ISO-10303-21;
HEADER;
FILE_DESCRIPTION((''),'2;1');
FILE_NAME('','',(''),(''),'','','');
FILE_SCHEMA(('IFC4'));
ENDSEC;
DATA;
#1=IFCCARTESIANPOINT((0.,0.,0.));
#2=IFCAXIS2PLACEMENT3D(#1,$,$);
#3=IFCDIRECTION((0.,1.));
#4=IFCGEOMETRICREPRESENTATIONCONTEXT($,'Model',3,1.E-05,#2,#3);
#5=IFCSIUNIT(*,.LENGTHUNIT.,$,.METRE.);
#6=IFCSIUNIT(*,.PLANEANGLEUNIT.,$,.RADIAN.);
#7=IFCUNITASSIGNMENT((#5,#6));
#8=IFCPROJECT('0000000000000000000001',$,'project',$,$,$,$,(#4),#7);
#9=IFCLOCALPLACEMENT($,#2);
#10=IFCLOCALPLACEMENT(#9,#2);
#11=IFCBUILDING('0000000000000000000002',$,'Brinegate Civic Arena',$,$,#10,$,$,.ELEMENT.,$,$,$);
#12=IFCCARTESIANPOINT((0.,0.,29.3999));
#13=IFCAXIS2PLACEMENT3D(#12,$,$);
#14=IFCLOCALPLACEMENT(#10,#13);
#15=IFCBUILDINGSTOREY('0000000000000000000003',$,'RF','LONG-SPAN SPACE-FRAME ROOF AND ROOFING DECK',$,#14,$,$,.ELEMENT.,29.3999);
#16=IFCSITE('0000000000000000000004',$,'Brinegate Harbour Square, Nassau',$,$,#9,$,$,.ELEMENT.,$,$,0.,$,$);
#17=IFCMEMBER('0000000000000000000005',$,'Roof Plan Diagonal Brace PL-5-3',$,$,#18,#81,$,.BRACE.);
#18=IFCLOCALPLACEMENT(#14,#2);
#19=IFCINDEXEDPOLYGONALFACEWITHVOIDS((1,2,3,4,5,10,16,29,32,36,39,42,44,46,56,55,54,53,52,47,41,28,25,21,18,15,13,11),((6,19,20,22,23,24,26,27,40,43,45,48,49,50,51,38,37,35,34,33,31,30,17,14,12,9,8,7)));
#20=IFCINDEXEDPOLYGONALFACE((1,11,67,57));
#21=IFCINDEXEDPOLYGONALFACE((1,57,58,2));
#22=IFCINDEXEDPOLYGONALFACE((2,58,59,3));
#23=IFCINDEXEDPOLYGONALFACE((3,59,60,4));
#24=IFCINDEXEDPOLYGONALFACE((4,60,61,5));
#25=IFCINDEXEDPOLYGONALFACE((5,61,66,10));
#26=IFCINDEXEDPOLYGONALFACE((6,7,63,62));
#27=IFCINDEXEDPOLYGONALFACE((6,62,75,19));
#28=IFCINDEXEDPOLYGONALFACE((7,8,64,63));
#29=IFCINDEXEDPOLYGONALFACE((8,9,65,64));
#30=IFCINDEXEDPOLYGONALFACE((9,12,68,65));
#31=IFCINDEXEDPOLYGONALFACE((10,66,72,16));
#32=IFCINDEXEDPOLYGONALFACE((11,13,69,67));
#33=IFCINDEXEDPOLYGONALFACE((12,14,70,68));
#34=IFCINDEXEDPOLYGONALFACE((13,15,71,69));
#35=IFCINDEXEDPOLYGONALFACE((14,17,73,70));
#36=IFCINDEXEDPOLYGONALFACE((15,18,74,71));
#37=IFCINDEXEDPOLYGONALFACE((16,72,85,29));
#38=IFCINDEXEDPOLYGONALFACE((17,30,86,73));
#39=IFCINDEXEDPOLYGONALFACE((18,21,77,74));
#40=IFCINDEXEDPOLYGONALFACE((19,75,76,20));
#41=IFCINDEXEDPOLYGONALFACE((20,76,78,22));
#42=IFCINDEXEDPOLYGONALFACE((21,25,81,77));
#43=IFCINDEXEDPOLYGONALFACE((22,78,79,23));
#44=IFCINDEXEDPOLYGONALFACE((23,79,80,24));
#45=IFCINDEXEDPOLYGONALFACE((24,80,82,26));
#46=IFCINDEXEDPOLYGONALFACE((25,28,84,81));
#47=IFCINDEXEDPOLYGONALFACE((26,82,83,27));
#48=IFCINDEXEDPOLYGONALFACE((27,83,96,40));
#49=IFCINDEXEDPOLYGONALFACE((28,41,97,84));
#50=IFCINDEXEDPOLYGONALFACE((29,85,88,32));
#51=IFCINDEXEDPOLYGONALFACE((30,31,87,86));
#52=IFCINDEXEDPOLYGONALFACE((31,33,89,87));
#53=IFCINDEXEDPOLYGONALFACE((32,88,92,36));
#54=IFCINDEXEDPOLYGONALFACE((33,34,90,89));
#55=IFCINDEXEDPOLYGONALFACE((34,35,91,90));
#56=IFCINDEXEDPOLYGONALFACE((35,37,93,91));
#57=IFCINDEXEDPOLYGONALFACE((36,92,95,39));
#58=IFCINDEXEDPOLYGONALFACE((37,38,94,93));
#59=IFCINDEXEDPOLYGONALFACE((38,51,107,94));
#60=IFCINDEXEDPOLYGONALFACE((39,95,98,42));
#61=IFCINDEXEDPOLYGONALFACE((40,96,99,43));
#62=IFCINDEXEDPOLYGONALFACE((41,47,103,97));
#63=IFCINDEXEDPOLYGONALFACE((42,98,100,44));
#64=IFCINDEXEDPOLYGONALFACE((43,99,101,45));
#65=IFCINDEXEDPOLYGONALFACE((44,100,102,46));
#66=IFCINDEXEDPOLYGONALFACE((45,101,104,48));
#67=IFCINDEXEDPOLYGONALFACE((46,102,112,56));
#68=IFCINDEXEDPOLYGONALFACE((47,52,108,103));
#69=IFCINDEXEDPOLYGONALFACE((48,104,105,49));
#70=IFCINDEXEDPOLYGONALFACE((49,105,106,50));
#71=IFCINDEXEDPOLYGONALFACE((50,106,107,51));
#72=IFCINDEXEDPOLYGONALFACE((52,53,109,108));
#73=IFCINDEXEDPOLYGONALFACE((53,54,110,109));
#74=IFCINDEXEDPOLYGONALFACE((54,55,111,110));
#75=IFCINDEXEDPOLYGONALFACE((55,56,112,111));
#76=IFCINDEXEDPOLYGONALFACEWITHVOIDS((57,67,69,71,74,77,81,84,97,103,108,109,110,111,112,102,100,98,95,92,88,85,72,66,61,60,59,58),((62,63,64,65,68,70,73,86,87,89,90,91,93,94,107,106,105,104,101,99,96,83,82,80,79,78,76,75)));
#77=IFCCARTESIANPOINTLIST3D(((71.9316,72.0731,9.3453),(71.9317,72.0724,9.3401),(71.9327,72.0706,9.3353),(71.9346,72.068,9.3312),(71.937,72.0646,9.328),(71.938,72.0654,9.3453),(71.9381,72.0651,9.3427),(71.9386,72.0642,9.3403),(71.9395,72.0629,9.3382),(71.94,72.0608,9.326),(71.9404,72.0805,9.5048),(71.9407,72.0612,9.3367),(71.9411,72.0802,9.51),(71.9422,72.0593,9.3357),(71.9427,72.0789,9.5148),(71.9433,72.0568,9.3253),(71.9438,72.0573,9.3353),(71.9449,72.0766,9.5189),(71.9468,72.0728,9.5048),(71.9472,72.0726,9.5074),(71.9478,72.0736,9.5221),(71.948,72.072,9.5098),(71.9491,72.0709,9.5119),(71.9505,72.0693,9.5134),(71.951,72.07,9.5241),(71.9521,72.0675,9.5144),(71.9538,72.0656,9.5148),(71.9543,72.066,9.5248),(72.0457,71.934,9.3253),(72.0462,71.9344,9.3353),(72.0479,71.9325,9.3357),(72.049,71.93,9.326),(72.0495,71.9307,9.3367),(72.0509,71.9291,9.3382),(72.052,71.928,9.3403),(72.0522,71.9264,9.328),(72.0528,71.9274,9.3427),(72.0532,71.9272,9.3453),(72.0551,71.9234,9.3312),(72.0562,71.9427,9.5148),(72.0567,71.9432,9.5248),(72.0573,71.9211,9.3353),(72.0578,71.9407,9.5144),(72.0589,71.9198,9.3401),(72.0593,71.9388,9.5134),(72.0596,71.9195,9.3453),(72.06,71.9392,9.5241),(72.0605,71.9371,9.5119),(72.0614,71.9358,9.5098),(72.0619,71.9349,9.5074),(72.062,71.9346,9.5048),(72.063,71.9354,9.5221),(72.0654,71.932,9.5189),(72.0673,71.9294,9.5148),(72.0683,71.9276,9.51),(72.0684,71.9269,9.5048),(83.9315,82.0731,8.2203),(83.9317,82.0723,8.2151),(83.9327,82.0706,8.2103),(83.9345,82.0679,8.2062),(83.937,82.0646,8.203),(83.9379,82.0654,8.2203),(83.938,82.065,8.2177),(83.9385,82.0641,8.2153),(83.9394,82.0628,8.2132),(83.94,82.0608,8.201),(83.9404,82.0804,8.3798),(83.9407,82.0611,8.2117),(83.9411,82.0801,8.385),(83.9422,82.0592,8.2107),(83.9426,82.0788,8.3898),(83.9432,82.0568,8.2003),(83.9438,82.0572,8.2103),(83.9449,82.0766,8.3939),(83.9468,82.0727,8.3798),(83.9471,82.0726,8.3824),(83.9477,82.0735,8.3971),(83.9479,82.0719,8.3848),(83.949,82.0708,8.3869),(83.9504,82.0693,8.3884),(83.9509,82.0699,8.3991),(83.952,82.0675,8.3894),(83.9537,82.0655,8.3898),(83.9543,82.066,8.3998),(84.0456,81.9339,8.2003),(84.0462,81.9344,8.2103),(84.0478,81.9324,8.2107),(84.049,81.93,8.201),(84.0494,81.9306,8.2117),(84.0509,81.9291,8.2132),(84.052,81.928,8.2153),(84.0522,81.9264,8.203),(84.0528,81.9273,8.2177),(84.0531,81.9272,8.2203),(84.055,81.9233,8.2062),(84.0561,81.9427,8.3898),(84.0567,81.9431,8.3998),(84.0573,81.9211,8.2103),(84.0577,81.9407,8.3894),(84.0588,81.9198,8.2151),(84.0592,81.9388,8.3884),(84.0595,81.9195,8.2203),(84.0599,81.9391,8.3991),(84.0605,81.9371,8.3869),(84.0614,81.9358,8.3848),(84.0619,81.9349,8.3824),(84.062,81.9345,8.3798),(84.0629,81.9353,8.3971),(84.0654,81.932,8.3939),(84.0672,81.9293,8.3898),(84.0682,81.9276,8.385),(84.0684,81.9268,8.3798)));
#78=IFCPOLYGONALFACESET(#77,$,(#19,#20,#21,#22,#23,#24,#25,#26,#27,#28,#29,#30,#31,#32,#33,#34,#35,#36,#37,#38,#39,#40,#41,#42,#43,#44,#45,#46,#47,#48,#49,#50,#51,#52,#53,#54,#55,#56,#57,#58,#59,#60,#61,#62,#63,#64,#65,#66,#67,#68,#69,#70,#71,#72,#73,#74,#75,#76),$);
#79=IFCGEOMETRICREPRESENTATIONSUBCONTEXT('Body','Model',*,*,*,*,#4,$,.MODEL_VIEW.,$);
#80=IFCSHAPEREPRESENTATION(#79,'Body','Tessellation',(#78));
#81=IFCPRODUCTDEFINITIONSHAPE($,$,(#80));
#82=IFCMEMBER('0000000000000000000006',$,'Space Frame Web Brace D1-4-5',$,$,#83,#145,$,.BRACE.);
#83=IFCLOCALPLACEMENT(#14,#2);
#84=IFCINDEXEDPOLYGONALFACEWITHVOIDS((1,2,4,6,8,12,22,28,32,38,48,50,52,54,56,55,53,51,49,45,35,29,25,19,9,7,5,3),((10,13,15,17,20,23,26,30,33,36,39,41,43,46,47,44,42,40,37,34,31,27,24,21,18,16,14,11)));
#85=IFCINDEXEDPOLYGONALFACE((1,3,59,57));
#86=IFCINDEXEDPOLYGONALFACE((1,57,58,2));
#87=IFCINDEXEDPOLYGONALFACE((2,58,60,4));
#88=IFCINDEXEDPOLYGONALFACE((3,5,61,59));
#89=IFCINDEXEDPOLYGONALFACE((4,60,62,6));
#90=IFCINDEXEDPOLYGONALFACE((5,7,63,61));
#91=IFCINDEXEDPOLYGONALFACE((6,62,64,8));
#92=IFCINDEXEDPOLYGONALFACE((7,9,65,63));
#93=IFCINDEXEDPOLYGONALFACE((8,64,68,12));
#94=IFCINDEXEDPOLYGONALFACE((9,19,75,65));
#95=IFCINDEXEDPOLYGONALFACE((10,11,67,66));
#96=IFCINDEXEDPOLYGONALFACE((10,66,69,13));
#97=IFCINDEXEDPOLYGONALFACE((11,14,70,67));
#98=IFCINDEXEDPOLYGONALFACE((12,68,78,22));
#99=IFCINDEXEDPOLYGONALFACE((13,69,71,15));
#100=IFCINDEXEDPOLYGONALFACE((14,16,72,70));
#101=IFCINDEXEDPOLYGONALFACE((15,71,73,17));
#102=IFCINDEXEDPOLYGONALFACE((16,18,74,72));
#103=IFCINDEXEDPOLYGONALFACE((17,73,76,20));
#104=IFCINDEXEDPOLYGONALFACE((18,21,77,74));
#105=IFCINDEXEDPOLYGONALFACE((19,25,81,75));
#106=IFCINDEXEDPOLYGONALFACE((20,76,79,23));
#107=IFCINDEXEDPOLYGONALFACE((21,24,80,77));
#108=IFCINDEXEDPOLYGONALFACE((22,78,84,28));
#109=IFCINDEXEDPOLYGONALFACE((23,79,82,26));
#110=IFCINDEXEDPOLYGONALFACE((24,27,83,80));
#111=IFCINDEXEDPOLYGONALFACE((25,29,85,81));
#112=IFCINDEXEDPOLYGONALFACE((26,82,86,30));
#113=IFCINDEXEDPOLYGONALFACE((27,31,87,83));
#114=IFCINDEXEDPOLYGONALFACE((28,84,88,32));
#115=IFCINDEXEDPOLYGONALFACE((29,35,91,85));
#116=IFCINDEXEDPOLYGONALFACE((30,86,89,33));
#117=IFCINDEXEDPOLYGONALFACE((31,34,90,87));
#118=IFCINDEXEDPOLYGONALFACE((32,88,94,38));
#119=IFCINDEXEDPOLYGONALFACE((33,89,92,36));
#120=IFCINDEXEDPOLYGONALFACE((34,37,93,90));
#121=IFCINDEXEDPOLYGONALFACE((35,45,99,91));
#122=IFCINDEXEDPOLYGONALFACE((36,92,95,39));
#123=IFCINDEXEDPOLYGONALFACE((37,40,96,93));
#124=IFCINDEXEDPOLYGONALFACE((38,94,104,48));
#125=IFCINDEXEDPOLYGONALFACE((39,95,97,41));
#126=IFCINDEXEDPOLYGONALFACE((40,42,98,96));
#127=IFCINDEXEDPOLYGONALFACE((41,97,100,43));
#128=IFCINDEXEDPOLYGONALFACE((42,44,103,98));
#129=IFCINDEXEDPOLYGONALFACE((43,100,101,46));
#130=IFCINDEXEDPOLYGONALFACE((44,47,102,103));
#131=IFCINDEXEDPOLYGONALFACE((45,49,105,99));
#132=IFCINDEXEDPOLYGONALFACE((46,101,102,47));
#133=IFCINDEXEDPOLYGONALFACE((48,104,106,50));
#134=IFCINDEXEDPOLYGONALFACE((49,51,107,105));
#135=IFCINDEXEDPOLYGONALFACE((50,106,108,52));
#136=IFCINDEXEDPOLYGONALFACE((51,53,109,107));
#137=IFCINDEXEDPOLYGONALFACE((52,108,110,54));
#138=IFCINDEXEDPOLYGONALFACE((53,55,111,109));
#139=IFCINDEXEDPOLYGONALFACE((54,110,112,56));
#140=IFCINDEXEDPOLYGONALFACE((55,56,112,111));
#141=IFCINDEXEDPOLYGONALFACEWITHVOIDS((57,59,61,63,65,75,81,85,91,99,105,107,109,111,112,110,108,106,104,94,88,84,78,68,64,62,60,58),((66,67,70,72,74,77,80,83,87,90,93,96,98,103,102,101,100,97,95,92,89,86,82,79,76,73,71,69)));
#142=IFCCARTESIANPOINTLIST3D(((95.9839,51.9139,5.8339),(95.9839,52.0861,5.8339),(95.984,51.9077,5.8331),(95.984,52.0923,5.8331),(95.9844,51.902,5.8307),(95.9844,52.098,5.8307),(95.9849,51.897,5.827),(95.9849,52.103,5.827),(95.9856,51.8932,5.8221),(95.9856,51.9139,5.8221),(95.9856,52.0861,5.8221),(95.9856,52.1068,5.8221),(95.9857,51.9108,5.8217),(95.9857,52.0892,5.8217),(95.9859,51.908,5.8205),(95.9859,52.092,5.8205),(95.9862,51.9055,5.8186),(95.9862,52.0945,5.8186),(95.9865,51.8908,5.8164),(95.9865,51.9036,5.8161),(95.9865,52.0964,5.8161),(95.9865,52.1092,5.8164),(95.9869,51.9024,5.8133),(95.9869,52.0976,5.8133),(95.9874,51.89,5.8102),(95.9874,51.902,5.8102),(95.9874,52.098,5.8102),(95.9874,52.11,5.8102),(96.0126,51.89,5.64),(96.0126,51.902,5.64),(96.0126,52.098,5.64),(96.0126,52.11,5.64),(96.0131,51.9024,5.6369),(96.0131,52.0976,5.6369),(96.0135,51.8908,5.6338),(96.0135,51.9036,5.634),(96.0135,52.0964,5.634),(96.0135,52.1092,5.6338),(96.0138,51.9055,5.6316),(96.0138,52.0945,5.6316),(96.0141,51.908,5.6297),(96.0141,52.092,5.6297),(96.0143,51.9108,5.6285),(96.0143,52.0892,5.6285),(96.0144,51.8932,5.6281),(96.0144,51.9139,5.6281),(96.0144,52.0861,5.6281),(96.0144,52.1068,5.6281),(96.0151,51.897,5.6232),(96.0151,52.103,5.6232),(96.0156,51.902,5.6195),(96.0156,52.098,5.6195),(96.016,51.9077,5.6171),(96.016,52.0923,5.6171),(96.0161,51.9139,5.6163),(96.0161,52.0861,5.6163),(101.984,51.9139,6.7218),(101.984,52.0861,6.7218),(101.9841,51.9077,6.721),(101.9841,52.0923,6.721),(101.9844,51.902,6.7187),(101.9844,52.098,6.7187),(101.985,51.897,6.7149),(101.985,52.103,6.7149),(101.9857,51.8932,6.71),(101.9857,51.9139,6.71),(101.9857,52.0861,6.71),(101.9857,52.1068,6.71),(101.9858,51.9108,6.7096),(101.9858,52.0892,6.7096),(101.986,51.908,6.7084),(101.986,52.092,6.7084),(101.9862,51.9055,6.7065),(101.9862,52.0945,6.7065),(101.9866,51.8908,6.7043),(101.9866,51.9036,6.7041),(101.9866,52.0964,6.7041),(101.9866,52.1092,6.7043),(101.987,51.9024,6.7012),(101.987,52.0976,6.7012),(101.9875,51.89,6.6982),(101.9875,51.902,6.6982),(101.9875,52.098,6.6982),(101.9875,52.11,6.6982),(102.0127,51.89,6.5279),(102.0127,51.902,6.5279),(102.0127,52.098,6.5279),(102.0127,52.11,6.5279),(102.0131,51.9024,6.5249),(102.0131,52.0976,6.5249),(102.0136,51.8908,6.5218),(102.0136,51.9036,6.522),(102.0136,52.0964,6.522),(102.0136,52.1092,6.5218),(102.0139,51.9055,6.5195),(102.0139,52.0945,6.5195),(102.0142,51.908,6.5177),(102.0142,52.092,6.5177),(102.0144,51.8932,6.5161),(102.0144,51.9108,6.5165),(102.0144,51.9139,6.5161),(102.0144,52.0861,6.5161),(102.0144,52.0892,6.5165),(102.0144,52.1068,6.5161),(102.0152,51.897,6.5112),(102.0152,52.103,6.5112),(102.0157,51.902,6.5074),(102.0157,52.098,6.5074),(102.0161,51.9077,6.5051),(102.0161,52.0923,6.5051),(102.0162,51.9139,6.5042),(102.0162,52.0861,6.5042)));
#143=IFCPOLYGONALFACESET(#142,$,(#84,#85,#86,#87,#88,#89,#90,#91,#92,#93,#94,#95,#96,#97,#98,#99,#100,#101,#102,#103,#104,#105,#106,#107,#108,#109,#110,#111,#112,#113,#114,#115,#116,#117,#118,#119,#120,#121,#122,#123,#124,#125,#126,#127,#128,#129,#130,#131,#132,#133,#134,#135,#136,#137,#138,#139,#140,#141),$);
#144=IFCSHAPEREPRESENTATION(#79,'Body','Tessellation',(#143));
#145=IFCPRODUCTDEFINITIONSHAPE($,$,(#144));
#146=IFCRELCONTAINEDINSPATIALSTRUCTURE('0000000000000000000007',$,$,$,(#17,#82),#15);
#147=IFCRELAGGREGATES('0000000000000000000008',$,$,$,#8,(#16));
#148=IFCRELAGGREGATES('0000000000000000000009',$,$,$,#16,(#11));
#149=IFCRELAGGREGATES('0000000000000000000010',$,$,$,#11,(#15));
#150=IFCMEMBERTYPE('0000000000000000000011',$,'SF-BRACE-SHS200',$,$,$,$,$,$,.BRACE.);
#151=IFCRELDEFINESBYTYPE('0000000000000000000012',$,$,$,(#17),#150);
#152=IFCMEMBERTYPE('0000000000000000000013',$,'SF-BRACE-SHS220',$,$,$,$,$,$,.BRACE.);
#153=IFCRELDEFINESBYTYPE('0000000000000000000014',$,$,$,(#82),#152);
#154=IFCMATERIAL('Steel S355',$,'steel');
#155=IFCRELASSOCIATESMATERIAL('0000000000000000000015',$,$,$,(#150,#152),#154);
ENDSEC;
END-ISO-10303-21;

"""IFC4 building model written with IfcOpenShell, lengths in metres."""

from ifc_helpers import new_model, si_unit, direction, frame, origin, origin_2d, place, context, subcontext, project, spatial, hollow_rectangle, extrude, material, material_profile, profile_set, type_object, element, save


model = new_model("IFC4")

# Units and contexts
model_context = context("Model", 3, precision=1e-05, world=origin(), true_north=direction((0.0, 1.0)))
body_context = subcontext(model_context, "Body", "Model", "MODEL_VIEW")
ifc_project = project(units=[si_unit("LENGTHUNIT", "METRE"), si_unit("PLANEANGLEUNIT", "RADIAN")], contexts=[model_context])

# Site, building, storey
site_placement = place(None, origin())
site = spatial("IfcSite", under=ifc_project, at=site_placement, Name="Brinegate Harbour Square, Nassau", CompositionType="ELEMENT", RefElevation=0.0)
building_placement = place(site_placement, origin())
building = spatial("IfcBuilding", under=site, at=building_placement, Name="Brinegate Civic Arena", CompositionType="ELEMENT")
storey_placement = place(building_placement, frame((0.0, 0.0, 29.3999)))
storey = spatial("IfcBuildingStorey", under=building, at=storey_placement, Name="RF", Description="LONG-SPAN SPACE-FRAME ROOF AND ROOFING DECK", CompositionType="ELEMENT", Elevation=29.3999)

# Members
ifc_material = material(Name="Steel S355", Category="steel")
ifc_material_profile_1 = material_profile(ifc_material, hollow_rectangle(XDim=0.2, YDim=0.2, WallThickness=0.01, InnerFilletRadius=0.01, OuterFilletRadius=0.02, at=origin_2d()), Name="SHS200X10")
ifc_profile_set_1 = profile_set([ifc_material_profile_1], Name="Steel S355")
member_type_1 = type_object("IfcMemberType", Name="SF-BRACE-SHS200", PredefinedType="BRACE", material=ifc_profile_set_1)
member_1_placement = place(storey_placement, frame((72.0, 72.0, 9.425), z_axis=(0.766237, 0.638531, -0.071835), x_axis=(-0.640184, 0.768221, 0.0)))
element("IfcMember", 1, at=member_1_placement, inside=storey, type_object=member_type_1, Name="Roof Plan Diagonal Brace PL-5-3", PredefinedType="BRACE", context=body_context, shape_type="SweptSolid", body=[
    extrude(hollow_rectangle(XDim=0.2, YDim=0.2, WallThickness=0.01, InnerFilletRadius=0.01, OuterFilletRadius=0.02, at=origin_2d()), origin(), (0.0, 0.0, 1.0), 15.6609),
])
ifc_material_profile_2 = material_profile(ifc_material, hollow_rectangle(XDim=0.22, YDim=0.22, WallThickness=0.012, InnerFilletRadius=0.012, OuterFilletRadius=0.0239, at=origin_2d()), Name="SHS220X12")
ifc_profile_set_2 = profile_set([ifc_material_profile_2], Name="Steel S355")
member_type_2 = type_object("IfcMemberType", Name="SF-BRACE-SHS220", PredefinedType="BRACE", material=ifc_profile_set_2)
for number, where, z_axis, x_axis, name in (
    (2, (96.0, 52.0, 5.7251), (0.989226, 0.0, 0.146395), (0.0, 1.0, 0.0), "Space Frame Web Brace D1-4-5"),
):
    element("IfcMember", number, at=place(storey_placement, frame(where, z_axis=z_axis, x_axis=x_axis)), inside=storey, type_object=member_type_2, Name=name, PredefinedType="BRACE", context=body_context, shape_type="SweptSolid", body=[
        extrude(hollow_rectangle(XDim=0.22, YDim=0.22, WallThickness=0.012, InnerFilletRadius=0.012, OuterFilletRadius=0.0239, at=origin_2d()), origin(), (0.0, 0.0, 1.0), 6.0654),
    ])

save(model, "model.ifc")
